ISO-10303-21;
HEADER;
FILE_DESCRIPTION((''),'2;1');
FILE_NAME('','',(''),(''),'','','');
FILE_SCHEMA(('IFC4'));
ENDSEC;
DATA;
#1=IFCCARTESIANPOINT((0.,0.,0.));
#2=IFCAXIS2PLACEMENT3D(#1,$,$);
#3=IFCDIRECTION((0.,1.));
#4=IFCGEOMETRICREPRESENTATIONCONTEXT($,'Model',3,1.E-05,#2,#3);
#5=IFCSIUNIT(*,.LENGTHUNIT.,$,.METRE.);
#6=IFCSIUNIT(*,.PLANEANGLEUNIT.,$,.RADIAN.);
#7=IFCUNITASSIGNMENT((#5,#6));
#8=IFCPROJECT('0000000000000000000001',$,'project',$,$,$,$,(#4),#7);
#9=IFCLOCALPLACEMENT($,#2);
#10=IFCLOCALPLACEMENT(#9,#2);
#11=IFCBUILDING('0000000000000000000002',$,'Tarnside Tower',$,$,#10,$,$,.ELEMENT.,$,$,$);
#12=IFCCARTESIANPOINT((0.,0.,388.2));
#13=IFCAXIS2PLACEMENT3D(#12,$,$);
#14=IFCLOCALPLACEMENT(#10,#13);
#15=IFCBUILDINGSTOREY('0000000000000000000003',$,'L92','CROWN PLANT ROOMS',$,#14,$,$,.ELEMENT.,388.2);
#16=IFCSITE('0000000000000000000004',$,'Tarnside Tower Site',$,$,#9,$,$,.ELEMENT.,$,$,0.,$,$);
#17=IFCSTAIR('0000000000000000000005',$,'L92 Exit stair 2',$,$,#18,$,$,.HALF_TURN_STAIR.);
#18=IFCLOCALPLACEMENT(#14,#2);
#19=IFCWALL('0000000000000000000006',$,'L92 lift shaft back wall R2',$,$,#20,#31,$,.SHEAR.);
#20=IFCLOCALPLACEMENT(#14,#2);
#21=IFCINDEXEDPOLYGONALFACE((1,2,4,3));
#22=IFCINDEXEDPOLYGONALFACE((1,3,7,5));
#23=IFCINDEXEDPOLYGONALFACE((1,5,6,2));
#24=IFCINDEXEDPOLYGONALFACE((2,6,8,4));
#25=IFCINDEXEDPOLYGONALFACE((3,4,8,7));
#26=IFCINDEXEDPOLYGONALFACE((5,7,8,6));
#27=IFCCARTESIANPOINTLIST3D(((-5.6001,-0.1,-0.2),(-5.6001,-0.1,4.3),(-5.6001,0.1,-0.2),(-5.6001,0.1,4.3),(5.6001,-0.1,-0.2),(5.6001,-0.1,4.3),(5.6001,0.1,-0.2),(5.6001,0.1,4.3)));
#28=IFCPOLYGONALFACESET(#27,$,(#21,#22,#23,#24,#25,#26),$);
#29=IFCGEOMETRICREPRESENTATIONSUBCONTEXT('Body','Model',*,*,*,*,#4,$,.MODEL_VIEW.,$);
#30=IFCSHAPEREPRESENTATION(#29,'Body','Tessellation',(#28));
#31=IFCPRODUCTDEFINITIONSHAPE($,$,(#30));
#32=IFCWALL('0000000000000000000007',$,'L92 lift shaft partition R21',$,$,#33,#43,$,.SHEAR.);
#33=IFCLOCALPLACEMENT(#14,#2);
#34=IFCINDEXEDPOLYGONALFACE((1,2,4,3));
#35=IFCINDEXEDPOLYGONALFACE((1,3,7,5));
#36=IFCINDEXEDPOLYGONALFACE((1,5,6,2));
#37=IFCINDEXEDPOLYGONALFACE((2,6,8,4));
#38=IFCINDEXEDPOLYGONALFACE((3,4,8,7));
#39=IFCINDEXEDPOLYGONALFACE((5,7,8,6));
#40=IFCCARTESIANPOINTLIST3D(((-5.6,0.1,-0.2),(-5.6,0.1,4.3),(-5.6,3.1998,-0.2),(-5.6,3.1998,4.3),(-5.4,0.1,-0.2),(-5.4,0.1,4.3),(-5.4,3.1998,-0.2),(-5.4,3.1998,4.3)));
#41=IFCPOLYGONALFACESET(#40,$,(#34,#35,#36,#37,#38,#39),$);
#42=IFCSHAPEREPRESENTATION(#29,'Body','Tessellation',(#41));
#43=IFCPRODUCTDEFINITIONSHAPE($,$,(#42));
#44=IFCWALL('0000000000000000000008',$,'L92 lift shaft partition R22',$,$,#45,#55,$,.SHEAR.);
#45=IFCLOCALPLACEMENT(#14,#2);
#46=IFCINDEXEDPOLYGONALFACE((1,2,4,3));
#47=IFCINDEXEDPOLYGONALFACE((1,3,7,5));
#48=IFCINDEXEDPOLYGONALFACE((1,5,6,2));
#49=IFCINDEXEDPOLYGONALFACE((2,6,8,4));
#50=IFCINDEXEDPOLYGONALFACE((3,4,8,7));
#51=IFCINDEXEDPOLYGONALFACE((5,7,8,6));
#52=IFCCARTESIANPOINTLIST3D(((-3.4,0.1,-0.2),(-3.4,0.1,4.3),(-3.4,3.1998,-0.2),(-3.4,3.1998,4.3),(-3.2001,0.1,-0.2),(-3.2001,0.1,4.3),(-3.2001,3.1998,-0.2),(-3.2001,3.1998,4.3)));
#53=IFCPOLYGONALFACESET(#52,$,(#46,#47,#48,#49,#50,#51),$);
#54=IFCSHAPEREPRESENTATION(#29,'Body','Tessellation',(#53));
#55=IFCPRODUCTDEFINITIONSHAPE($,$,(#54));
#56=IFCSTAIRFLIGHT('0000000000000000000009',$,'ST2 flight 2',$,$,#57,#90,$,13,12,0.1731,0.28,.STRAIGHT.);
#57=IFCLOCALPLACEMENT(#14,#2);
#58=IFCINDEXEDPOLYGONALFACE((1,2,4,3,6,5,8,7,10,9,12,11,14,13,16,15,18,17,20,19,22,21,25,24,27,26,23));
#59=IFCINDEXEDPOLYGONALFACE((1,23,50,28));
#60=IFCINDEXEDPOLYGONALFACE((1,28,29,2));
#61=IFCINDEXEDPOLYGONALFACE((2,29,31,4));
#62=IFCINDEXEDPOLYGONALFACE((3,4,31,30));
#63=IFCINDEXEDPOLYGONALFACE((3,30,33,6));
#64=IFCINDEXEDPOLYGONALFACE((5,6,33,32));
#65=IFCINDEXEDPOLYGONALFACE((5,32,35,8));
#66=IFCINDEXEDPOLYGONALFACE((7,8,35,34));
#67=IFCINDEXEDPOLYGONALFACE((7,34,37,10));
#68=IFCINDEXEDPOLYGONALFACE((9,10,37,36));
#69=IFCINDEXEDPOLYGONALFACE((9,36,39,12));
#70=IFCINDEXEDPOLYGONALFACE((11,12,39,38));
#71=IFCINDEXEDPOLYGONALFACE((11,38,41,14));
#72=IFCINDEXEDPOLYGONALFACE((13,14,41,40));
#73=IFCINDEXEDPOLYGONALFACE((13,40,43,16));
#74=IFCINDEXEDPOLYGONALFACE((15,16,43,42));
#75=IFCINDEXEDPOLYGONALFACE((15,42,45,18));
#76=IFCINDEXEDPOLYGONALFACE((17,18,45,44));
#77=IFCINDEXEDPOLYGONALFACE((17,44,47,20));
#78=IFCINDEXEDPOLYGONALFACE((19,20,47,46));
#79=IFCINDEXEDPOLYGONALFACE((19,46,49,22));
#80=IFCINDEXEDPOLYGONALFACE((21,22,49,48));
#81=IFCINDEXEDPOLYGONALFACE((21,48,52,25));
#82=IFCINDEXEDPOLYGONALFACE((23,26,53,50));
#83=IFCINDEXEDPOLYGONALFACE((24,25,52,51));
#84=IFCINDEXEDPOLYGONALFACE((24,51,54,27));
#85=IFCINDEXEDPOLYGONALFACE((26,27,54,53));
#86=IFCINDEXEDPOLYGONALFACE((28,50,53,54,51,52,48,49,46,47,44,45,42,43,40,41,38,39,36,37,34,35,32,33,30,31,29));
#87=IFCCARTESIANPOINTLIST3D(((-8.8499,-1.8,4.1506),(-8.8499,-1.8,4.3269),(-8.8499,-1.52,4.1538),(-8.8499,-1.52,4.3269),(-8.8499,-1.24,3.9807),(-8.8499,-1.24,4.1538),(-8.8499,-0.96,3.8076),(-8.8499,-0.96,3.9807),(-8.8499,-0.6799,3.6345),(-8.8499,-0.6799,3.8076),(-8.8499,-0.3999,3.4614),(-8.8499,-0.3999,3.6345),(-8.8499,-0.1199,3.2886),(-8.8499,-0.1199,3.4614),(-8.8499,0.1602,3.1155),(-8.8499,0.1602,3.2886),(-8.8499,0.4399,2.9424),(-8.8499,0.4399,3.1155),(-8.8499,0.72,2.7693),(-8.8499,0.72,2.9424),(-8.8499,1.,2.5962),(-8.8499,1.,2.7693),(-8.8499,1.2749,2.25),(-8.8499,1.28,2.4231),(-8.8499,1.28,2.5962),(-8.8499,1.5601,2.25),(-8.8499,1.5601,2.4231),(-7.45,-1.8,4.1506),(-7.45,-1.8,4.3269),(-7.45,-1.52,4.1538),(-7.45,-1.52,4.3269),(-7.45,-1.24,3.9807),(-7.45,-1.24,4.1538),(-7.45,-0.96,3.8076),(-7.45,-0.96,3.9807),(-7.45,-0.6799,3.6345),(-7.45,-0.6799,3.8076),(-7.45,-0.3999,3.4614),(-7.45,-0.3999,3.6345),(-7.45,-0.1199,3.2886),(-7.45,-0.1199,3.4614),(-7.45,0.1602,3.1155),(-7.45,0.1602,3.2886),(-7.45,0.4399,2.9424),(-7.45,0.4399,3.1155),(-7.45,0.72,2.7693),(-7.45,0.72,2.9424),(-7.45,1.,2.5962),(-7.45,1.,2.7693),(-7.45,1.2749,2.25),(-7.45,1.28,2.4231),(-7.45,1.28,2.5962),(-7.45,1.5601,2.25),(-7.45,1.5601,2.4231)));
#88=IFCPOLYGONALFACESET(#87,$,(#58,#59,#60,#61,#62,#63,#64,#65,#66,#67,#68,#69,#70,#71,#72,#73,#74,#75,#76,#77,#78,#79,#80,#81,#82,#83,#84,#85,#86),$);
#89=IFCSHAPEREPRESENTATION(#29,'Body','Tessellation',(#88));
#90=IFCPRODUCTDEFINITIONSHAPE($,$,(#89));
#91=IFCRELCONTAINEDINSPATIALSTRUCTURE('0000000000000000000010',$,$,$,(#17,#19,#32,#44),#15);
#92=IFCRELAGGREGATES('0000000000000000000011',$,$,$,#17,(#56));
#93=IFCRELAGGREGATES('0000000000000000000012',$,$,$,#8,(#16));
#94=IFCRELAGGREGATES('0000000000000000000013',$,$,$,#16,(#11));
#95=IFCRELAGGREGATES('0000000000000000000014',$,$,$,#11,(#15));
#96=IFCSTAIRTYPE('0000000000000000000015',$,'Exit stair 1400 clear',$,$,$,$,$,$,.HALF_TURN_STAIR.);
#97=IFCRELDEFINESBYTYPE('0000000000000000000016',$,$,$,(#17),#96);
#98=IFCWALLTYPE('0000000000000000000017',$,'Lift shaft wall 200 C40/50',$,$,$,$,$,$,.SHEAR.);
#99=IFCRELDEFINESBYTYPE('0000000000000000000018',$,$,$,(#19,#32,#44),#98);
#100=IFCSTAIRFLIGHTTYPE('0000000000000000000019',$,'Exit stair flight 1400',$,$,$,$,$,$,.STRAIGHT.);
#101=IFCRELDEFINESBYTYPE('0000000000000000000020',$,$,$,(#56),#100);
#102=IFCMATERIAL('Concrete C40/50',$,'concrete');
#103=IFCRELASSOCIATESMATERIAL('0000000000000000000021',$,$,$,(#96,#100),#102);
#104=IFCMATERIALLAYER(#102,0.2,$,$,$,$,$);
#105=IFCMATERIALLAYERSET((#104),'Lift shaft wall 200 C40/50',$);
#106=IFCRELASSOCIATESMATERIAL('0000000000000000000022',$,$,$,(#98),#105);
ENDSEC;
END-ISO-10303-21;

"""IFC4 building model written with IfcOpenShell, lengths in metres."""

from ifc_helpers import new_model, si_unit, direction, frame, frame_2d, origin, place, context, subcontext, project, spatial, polyline, rectangle, outline, extrude, material, layer, layer_set, type_object, element, aggregate, save


model = new_model("IFC4")

# Units and contexts
model_context = context("Model", 3, precision=1e-05, world=origin(), true_north=direction((0.0, 1.0)))
body_context = subcontext(model_context, "Body", "Model", "MODEL_VIEW")
ifc_project = project(units=[si_unit("LENGTHUNIT", "METRE"), si_unit("PLANEANGLEUNIT", "RADIAN")], contexts=[model_context])

# Site, building, storey
site_placement = place(None, origin())
site = spatial("IfcSite", under=ifc_project, at=site_placement, Name="Tarnside Tower Site", CompositionType="ELEMENT", RefElevation=0.0)
building_placement = place(site_placement, origin())
building = spatial("IfcBuilding", under=site, at=building_placement, Name="Tarnside Tower", CompositionType="ELEMENT")
storey_placement = place(building_placement, frame((0.0, 0.0, 388.2)))
storey = spatial("IfcBuildingStorey", under=building, at=storey_placement, Name="L92", Description="CROWN PLANT ROOMS", CompositionType="ELEMENT", Elevation=388.2)

# Shared definitions
ifc_material_1 = material(Name="Concrete C40/50", Category="concrete")

# Stair
stair_type = type_object("IfcStairType", Name="Exit stair 1400 clear", PredefinedType="HALF_TURN_STAIR", material=ifc_material_1)
stair_1_placement = place(storey_placement, origin())
stair_1 = element("IfcStair", 1, at=stair_1_placement, inside=storey, type_object=stair_type, Name="L92 Exit stair 2", PredefinedType="HALF_TURN_STAIR")

# Walls
ifc_layer_1 = layer(ifc_material_1, 0.2)
ifc_layer_set_1 = layer_set([ifc_layer_1], Name="Lift shaft wall 200 C40/50")
wall_type_1 = type_object("IfcWallType", Name="Lift shaft wall 200 C40/50", PredefinedType="SHEAR", material=ifc_layer_set_1)
wall_1_placement = place(storey_placement, frame((-5.6001, 0.0, -0.2), z_axis=(0.0, 0.0, 1.0), x_axis=(1.0, 0.0, 0.0)))
element("IfcWall", 2, at=wall_1_placement, inside=storey, type_object=wall_type_1, Name="L92 lift shaft back wall R2", PredefinedType="SHEAR", context=body_context, shape_type="SweptSolid", body=[
    extrude(rectangle(XDim=11.2002, YDim=0.2, at=frame_2d((5.6001, 0.0))), origin(), (0.0, 0.0, 1.0), 4.5),
])
for number, where, z_axis, x_axis, name in (
    (3, (-5.5, 0.1001, -0.2), (0.0, 0.0, 1.0), (0.0, 1.0, 0.0), "L92 lift shaft partition R21"),
    (4, (-3.3, 0.1001, -0.2), (0.0, 0.0, 1.0), (0.0, 1.0, 0.0), "L92 lift shaft partition R22"),
):
    element("IfcWall", number, at=place(storey_placement, frame(where, z_axis=z_axis, x_axis=x_axis)), inside=storey, type_object=wall_type_1, Name=name, PredefinedType="SHEAR", context=body_context, shape_type="SweptSolid", body=[
        extrude(rectangle(XDim=3.0999, YDim=0.2, at=frame_2d((1.5498, 0.0))), origin(), (0.0, 0.0, 1.0), 4.5),
    ])

# Stair flight
stair_flight_type = type_object("IfcStairFlightType", Name="Exit stair flight 1400", PredefinedType="STRAIGHT", material=ifc_material_1)
stair_flight_placement = place(storey_placement, frame((-8.1499, 1.5601, 2.25), z_axis=(0.0, 0.0, 1.0), x_axis=(0.0, -1.0, 0.0)))
stair_flight = element("IfcStairFlight", 5, at=stair_flight_placement, type_object=stair_flight_type, Name="ST2 flight 2", NumberOfRisers=13, NumberOfTreads=12, PredefinedType="STRAIGHT", RiserHeight=0.1731, TreadLength=0.28, context=body_context, shape_type="SweptSolid", body=[
    extrude(outline(polyline([(0.0, 0.0), (0.0, 0.1731), (0.28, 0.1731), (0.28, 0.3462), (0.5601, 0.3462), (0.5601, 0.5193), (0.8401, 0.5193), (0.8401, 0.6924), (1.1201, 0.6924), (1.1201, 0.8655), (1.3999, 0.8655), (1.3999, 1.0386), (1.6799, 1.0386), (1.6799, 1.2114), (1.96, 1.2114), (1.96, 1.3845), (2.24, 1.3845), (2.24, 1.5576), (2.52, 1.5576), (2.52, 1.7307), (2.8, 1.7307), (2.8, 1.9038), (3.0801, 1.9038), (3.0801, 2.0769), (3.3601, 2.0769), (3.3601, 2.25), (3.3601, 1.9006), (0.2852, 0.0), (0.0, 0.0)])), frame((0.0, 0.7, 0.0), z_axis=(0.0, -1.0, 0.0), x_axis=(1.0, 0.0, 0.0)), (0.0, 0.0, 1.0), 1.3999),
])
aggregate(stair_1, [stair_flight])

save(model, "model.ifc")
